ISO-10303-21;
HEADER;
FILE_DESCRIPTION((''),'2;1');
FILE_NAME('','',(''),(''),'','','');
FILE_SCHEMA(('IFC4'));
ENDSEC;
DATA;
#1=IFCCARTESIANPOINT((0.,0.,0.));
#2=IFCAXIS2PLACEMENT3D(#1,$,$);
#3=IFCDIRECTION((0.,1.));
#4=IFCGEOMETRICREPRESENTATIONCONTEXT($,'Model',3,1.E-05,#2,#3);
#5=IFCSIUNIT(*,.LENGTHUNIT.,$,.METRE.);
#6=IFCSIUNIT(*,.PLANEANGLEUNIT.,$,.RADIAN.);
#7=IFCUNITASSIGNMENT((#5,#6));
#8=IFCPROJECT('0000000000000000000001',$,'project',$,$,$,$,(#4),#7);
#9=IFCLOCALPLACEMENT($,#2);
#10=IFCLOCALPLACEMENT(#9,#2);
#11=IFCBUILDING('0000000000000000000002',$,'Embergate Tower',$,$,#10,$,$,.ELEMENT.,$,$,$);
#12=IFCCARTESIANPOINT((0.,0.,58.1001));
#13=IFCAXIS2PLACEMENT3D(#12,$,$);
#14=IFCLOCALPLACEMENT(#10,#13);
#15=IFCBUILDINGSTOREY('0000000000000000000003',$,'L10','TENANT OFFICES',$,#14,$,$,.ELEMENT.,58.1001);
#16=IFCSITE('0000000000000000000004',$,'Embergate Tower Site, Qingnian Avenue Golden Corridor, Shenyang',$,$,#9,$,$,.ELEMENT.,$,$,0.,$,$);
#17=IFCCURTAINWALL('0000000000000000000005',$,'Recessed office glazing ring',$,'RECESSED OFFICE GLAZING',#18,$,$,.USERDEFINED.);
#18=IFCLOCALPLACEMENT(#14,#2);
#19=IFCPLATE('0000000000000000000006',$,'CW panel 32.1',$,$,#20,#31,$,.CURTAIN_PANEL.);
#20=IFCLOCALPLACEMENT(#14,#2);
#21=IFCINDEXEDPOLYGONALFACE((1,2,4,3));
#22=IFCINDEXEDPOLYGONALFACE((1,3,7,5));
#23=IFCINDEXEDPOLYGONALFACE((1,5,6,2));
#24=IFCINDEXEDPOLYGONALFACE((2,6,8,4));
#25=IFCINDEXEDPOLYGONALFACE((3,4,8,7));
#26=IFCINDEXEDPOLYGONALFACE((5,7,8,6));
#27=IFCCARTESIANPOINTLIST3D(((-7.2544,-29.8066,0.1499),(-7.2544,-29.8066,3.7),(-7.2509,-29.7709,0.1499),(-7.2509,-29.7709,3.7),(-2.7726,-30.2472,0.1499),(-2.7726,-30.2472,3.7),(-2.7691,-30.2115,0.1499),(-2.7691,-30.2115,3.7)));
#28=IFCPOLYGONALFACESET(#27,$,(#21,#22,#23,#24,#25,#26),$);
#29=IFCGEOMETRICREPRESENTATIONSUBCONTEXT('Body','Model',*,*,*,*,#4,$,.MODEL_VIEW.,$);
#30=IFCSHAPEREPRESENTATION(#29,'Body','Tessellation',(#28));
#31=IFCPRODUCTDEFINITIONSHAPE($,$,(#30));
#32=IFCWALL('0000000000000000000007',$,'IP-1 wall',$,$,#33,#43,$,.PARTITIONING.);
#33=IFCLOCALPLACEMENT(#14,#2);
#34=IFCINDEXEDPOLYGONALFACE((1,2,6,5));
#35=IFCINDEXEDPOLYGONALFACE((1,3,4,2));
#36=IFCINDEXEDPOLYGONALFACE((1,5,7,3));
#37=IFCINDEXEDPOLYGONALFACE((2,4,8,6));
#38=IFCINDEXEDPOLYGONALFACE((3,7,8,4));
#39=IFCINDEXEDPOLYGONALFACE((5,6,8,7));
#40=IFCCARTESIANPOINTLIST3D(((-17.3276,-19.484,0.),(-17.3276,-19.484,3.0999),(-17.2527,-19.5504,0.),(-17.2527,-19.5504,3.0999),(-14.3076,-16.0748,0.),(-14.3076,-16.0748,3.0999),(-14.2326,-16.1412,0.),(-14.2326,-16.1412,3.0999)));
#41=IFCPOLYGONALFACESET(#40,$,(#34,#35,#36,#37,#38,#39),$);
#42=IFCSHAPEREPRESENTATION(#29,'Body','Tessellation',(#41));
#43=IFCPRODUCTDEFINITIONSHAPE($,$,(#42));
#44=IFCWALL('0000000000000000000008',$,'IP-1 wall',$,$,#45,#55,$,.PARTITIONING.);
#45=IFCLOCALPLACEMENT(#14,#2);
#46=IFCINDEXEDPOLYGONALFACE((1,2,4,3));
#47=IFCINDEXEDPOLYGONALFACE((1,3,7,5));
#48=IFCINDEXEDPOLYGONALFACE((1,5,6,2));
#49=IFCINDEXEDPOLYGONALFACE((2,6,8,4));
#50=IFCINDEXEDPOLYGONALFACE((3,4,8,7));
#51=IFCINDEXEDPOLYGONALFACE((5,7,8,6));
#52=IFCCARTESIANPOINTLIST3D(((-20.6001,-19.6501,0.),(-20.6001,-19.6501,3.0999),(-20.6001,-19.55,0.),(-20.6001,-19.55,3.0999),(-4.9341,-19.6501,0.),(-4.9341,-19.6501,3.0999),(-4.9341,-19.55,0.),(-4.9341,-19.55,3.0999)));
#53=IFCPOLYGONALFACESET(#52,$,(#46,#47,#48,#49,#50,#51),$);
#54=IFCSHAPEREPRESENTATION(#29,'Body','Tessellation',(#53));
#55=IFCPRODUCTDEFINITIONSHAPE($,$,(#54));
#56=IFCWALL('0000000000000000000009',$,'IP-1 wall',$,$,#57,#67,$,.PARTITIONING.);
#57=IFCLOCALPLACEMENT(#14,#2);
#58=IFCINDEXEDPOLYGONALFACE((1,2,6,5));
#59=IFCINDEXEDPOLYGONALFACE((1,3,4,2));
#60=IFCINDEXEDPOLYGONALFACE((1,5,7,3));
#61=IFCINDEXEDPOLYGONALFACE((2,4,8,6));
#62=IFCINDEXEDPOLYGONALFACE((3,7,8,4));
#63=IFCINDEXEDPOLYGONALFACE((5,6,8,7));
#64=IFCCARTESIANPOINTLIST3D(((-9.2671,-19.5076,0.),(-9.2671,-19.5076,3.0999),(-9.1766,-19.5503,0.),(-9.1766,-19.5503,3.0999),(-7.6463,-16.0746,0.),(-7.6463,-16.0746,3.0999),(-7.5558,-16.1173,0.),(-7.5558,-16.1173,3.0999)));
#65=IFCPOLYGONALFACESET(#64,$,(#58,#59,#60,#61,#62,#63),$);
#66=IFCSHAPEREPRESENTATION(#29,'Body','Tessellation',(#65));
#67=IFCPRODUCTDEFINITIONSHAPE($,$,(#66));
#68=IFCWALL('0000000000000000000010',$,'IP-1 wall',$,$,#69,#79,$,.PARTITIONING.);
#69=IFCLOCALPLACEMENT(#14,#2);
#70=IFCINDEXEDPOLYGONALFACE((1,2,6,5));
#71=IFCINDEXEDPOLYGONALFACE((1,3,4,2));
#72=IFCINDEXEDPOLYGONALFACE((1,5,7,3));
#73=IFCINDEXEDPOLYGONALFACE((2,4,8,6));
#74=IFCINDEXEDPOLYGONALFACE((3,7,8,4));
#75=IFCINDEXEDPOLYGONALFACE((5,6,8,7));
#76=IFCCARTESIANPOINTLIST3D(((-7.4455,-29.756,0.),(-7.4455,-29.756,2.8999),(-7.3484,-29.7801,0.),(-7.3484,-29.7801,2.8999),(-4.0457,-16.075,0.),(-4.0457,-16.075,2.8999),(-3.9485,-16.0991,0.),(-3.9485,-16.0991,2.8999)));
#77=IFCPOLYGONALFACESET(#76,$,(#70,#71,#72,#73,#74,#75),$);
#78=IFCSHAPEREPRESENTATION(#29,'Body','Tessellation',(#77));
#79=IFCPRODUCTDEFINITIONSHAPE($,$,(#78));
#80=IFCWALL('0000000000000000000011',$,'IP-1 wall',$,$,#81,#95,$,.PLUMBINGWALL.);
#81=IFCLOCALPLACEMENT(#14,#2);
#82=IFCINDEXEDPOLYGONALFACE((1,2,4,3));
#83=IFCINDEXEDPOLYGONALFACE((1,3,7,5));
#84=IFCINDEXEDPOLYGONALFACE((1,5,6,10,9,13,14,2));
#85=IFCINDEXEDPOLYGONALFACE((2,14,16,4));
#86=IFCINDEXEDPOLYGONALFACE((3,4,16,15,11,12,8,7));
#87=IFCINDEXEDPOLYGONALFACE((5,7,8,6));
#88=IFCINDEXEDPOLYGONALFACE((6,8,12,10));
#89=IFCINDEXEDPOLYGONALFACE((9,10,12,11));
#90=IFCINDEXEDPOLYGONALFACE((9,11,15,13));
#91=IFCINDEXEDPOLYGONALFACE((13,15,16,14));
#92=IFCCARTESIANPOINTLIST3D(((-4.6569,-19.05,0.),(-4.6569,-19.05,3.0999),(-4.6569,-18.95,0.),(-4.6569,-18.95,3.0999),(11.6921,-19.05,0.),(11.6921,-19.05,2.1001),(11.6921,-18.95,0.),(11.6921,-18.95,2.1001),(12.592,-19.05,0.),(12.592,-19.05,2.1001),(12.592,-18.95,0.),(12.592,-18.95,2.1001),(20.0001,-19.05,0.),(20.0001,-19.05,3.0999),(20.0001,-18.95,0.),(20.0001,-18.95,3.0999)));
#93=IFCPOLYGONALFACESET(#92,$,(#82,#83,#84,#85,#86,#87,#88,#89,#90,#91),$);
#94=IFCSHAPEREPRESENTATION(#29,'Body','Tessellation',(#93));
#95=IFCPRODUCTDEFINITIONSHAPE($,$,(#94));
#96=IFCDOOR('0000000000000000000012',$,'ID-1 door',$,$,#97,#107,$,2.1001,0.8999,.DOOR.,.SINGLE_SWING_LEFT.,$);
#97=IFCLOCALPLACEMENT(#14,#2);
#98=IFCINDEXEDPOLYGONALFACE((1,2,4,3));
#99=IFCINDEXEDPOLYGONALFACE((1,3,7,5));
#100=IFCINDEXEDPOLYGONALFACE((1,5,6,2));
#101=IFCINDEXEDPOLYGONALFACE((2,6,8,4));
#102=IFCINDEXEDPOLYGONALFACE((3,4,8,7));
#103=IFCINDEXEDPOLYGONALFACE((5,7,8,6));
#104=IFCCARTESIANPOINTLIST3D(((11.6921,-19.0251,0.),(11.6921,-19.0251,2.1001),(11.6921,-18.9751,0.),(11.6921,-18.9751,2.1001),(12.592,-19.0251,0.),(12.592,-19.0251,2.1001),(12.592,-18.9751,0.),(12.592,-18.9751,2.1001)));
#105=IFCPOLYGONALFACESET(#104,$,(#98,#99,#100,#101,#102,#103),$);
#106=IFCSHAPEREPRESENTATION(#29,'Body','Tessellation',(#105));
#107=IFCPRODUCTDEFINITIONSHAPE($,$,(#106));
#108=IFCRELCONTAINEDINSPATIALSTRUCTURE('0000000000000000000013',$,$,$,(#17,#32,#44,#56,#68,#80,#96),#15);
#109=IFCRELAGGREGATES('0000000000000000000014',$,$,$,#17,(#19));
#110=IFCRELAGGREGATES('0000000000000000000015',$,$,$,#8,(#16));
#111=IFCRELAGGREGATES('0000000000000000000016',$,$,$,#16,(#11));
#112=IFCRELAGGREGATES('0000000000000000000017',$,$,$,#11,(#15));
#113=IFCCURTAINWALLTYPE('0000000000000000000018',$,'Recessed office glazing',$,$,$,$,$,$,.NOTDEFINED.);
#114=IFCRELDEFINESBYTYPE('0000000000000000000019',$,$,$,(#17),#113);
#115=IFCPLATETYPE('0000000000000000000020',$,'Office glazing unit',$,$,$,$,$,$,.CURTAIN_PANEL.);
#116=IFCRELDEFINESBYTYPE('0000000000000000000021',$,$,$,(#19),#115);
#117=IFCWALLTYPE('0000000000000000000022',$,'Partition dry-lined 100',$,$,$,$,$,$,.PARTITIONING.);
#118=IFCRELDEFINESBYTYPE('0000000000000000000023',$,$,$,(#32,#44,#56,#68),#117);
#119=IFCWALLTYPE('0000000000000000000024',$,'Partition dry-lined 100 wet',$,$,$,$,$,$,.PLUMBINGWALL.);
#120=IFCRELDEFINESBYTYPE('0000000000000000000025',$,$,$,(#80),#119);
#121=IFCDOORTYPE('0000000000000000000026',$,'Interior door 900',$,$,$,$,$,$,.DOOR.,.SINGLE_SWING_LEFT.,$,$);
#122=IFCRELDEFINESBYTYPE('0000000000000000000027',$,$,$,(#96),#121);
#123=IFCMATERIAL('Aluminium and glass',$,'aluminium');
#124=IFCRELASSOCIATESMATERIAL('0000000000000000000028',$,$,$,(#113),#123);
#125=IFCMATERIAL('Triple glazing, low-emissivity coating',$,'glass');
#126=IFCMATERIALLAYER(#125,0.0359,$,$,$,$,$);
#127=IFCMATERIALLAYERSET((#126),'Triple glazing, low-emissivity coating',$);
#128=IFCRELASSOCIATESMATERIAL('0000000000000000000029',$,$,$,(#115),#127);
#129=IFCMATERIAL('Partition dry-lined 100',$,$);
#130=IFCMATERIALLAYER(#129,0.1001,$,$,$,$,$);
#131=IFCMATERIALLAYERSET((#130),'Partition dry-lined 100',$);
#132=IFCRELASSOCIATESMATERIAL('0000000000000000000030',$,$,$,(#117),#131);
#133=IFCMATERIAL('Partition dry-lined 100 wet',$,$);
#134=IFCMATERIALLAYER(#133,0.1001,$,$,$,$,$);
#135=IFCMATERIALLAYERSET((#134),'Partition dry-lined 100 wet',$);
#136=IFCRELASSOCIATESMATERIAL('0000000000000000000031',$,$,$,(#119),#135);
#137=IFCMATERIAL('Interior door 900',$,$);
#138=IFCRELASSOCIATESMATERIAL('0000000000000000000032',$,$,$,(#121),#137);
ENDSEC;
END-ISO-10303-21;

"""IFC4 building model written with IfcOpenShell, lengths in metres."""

from ifc_helpers import new_model, si_unit, direction, frame, frame_2d, origin, origin_2d, place, context, subcontext, project, spatial, rectangle, extrude, source, transform, mapped, material, layer, layer_set, type_object, element, fill, aggregate, save


model = new_model("IFC4")

# Units and contexts
model_context = context("Model", 3, precision=1e-05, world=origin(), true_north=direction((0.0, 1.0)))
body_context = subcontext(model_context, "Body", "Model", "MODEL_VIEW")
ifc_project = project(units=[si_unit("LENGTHUNIT", "METRE"), si_unit("PLANEANGLEUNIT", "RADIAN")], contexts=[model_context])

# Site, building, storey
site_placement = place(None, origin())
site = spatial("IfcSite", under=ifc_project, at=site_placement, Name="Embergate Tower Site, Qingnian Avenue Golden Corridor, Shenyang", CompositionType="ELEMENT", RefElevation=0.0)
building_placement = place(site_placement, origin())
building = spatial("IfcBuilding", under=site, at=building_placement, Name="Embergate Tower", CompositionType="ELEMENT")
storey_placement = place(building_placement, frame((0.0, 0.0, 58.1001)))
storey = spatial("IfcBuildingStorey", under=building, at=storey_placement, Name="L10", Description="TENANT OFFICES", CompositionType="ELEMENT", Elevation=58.1001)

# Curtain wall, plate
ifc_material_1 = material(Name="Aluminium and glass", Category="aluminium")
curtain_wall_type = type_object("IfcCurtainWallType", Name="Recessed office glazing", PredefinedType="NOTDEFINED", material=ifc_material_1)
curtain_wall_placement = place(storey_placement, origin())
curtain_wall = element("IfcCurtainWall", 1, at=curtain_wall_placement, inside=storey, type_object=curtain_wall_type, Name="Recessed office glazing ring", ObjectType="RECESSED OFFICE GLAZING", PredefinedType="USERDEFINED")
ifc_material_2 = material(Name="Triple glazing, low-emissivity coating", Category="glass")
ifc_layer_1 = layer(ifc_material_2, 0.0359)
ifc_layer_set_1 = layer_set([ifc_layer_1], Name="Triple glazing, low-emissivity coating")
plate_type = type_object("IfcPlateType", Name="Office glazing unit", PredefinedType="CURTAIN_PANEL", material=ifc_layer_set_1)
shared_shape_1 = source(origin(), body_context, "Body", "SweptSolid", [
    extrude(rectangle(XDim=4.5034, YDim=0.0359, at=origin_2d()), origin(), (0.0, 0.0, 1.0), 3.55),
])
plate_1_placement = place(storey_placement, frame((-5.0117, -30.009, 0.1499), z_axis=(0.0, 0.0, 1.0), x_axis=(0.995203, -0.097831, 0.0)))
plate_1 = element("IfcPlate", 2, at=plate_1_placement, type_object=plate_type, Name="CW panel 32.1", PredefinedType="CURTAIN_PANEL", context=body_context, shape_type="MappedRepresentation", body=[
    mapped(shared_shape_1, transform((0.0, 0.0, 0.0))),
])
aggregate(curtain_wall, [plate_1])

# Walls
ifc_material_3 = material(Name="Partition dry-lined 100")
ifc_layer_2 = layer(ifc_material_3, 0.1001)
ifc_layer_set_2 = layer_set([ifc_layer_2], Name="Partition dry-lined 100")
wall_type_1 = type_object("IfcWallType", Name="Partition dry-lined 100", PredefinedType="PARTITIONING", material=ifc_layer_set_2)
shared_shape_2 = source(origin(), body_context, "Body", "SweptSolid", [
    extrude(rectangle(XDim=4.5544, YDim=0.1001, at=frame_2d((2.2773, 0.0))), origin(), (0.0, 0.0, 1.0), 3.0999),
])
wall_1_placement = place(storey_placement, frame((-14.27, -16.1079, 0.0), z_axis=(0.0, 0.0, 1.0), x_axis=(-0.663092, -0.748538, 0.0)))
element("IfcWall", 3, at=wall_1_placement, inside=storey, type_object=wall_type_1, Name="IP-1 wall", PredefinedType="PARTITIONING", context=body_context, shape_type="MappedRepresentation", body=[
    mapped(shared_shape_2, transform((0.0, 0.0, 0.0))),
])
shared_shape_3 = source(origin(), body_context, "Body", "SweptSolid", [
    extrude(rectangle(XDim=15.666, YDim=0.1001, at=frame_2d((7.833, 0.0))), origin(), (0.0, 0.0, 1.0), 3.0999),
])
wall_2_placement = place(storey_placement, frame((-4.9341, -19.6001, 0.0), z_axis=(0.0, 0.0, 1.0), x_axis=(-1.0, 0.0, 0.0)))
element("IfcWall", 4, at=wall_2_placement, inside=storey, type_object=wall_type_1, Name="IP-1 wall", PredefinedType="PARTITIONING", context=body_context, shape_type="MappedRepresentation", body=[
    mapped(shared_shape_3, transform((0.0, 0.0, 0.0))),
])
shared_shape_4 = source(origin(), body_context, "Body", "SweptSolid", [
    extrude(rectangle(XDim=3.7964, YDim=0.1001, at=frame_2d((1.8982, 0.0))), origin(), (0.0, 0.0, 1.0), 3.0999),
])
wall_3_placement = place(storey_placement, frame((-7.6011, -16.0959, 0.0), z_axis=(0.0, 0.0, 1.0), x_axis=(-0.426933, -0.904283, 0.0)))
element("IfcWall", 5, at=wall_3_placement, inside=storey, type_object=wall_type_1, Name="IP-1 wall", PredefinedType="PARTITIONING", context=body_context, shape_type="MappedRepresentation", body=[
    mapped(shared_shape_4, transform((0.0, 0.0, 0.0))),
])
shared_shape_5 = source(origin(), body_context, "Body", "SweptSolid", [
    extrude(rectangle(XDim=14.0972, YDim=0.1001, at=frame_2d((7.0486, 0.0))), origin(), (0.0, 0.0, 1.0), 2.8999),
])
wall_4_placement = place(storey_placement, frame((-7.397, -29.7681, 0.0), z_axis=(0.0, 0.0, 1.0), x_axis=(0.241174, 0.970482, 0.0)))
element("IfcWall", 6, at=wall_4_placement, inside=storey, type_object=wall_type_1, Name="IP-1 wall", PredefinedType="PARTITIONING", context=body_context, shape_type="MappedRepresentation", body=[
    mapped(shared_shape_5, transform((0.0, 0.0, 0.0))),
])

# Wall, opening, door
ifc_material_4 = material(Name="Partition dry-lined 100 wet")
ifc_layer_3 = layer(ifc_material_4, 0.1001)
ifc_layer_set_3 = layer_set([ifc_layer_3], Name="Partition dry-lined 100 wet")
wall_type_2 = type_object("IfcWallType", Name="Partition dry-lined 100 wet", PredefinedType="PLUMBINGWALL", material=ifc_layer_set_3)
shared_shape_6 = source(origin(), body_context, "Body", "SweptSolid", [
    extrude(rectangle(XDim=24.657, YDim=0.1001, at=frame_2d((12.3286, 0.0))), origin(), (0.0, 0.0, 1.0), 3.0999),
])
wall_5_placement = place(storey_placement, frame((-4.657, -19.0, 0.0), z_axis=(0.0, 0.0, 1.0), x_axis=(1.0, 0.0, 0.0)))
wall_5 = element("IfcWall", 7, at=wall_5_placement, inside=storey, type_object=wall_type_2, Name="IP-1 wall", PredefinedType="PLUMBINGWALL", context=body_context, shape_type="MappedRepresentation", body=[
    mapped(shared_shape_6, transform((0.0, 0.0, 0.0))),
])
shared_shape_7 = source(origin(), body_context, "Body", "SweptSolid", [
    extrude(rectangle(XDim=0.8999, YDim=2.1001, at=frame_2d((0.45, 1.05))), frame((0.0, 0.0601, 0.0), z_axis=(0.0, -1.0, 0.0), x_axis=(1.0, 0.0, 0.0)), (0.0, 0.0, 1.0), 0.1201),
])
opening_placement = place(wall_5_placement, frame((16.3491, 0.0, 0.0)))
opening = element("IfcOpeningElement", 8, at=opening_placement, cuts=wall_5, PredefinedType="OPENING", context=body_context, shape_type="MappedRepresentation", body=[
    mapped(shared_shape_7, transform((0.0, 0.0, 0.0))),
])
ifc_material_5 = material(Name="Interior door 900")
door_type = type_object("IfcDoorType", Name="Interior door 900", OperationType="SINGLE_SWING_LEFT", PredefinedType="DOOR", material=ifc_material_5)
shared_shape_8 = source(origin(), body_context, "Body", "SweptSolid", [
    extrude(rectangle(XDim=0.8999, YDim=2.1001, at=frame_2d((0.45, 1.05))), frame((0.0, 0.0249, 0.0), z_axis=(0.0, -1.0, 0.0), x_axis=(1.0, 0.0, 0.0)), (0.0, 0.0, 1.0), 0.05),
])
door_placement = place(opening_placement, origin())
door = element("IfcDoor", 9, at=door_placement, inside=storey, type_object=door_type, Name="ID-1 door", OperationType="SINGLE_SWING_LEFT", OverallHeight=2.1001, OverallWidth=0.8999, PredefinedType="DOOR", context=body_context, shape_type="MappedRepresentation", body=[
    mapped(shared_shape_8, transform((0.0, 0.0, 0.0))),
])
fill(opening, door)

save(model, "model.ifc")
